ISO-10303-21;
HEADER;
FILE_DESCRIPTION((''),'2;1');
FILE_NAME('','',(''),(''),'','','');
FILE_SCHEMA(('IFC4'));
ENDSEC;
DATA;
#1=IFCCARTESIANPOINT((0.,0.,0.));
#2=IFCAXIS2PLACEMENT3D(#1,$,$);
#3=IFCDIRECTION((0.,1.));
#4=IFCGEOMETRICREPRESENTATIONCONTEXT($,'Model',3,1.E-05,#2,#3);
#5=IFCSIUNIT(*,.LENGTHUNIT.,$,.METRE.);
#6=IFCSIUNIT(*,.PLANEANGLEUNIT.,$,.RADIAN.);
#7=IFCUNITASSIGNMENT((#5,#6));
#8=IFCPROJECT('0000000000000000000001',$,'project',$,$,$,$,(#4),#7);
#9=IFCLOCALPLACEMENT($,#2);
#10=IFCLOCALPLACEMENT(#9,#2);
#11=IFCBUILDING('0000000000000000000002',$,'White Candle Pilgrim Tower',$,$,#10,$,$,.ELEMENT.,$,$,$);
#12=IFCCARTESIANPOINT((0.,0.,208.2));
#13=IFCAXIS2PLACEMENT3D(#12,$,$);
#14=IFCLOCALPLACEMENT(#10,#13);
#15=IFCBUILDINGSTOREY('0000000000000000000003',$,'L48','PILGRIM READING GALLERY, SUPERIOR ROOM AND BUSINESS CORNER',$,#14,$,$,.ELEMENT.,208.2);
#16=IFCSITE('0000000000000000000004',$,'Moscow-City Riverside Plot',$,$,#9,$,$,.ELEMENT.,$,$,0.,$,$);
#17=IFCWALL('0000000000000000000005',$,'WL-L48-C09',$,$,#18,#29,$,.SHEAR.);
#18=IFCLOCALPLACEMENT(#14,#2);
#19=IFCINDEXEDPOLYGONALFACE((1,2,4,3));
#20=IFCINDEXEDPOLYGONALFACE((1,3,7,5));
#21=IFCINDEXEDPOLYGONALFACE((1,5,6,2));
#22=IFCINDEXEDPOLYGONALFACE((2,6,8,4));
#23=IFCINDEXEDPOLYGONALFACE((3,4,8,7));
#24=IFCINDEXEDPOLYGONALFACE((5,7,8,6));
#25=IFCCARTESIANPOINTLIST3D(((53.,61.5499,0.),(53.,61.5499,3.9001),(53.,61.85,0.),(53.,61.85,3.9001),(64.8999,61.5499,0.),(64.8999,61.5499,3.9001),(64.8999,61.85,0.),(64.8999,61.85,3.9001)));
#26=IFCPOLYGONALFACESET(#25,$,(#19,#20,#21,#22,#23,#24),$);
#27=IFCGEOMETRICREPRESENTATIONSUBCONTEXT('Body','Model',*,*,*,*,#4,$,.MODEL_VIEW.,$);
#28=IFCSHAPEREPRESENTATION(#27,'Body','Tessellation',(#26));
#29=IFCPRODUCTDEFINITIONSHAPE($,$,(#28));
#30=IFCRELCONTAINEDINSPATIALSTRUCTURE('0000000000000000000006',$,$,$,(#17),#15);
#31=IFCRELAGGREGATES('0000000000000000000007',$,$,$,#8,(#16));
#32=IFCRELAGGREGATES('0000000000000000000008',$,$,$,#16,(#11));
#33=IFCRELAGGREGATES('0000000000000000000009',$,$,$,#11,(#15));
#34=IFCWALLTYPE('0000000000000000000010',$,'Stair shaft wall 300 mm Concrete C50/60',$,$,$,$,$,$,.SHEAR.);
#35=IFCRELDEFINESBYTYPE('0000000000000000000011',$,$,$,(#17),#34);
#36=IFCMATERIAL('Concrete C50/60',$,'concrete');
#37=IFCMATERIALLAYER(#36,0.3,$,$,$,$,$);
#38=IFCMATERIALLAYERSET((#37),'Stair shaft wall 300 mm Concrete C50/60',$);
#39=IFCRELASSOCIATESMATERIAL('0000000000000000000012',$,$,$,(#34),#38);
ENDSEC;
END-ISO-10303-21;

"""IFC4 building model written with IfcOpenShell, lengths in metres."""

from ifc_helpers import new_model, si_unit, direction, frame, frame_2d, origin, place, context, subcontext, project, spatial, rectangle, extrude, material, layer, layer_set, type_object, element, save


model = new_model("IFC4")

# Units and contexts
model_context = context("Model", 3, precision=1e-05, world=origin(), true_north=direction((0.0, 1.0)))
body_context = subcontext(model_context, "Body", "Model", "MODEL_VIEW")
ifc_project = project(units=[si_unit("LENGTHUNIT", "METRE"), si_unit("PLANEANGLEUNIT", "RADIAN")], contexts=[model_context])

# Site, building, storey
site_placement = place(None, origin())
site = spatial("IfcSite", under=ifc_project, at=site_placement, Name="Moscow-City Riverside Plot", CompositionType="ELEMENT", RefElevation=0.0)
building_placement = place(site_placement, origin())
building = spatial("IfcBuilding", under=site, at=building_placement, Name="White Candle Pilgrim Tower", CompositionType="ELEMENT")
storey_placement = place(building_placement, frame((0.0, 0.0, 208.2)))
storey = spatial("IfcBuildingStorey", under=building, at=storey_placement, Name="L48", Description="PILGRIM READING GALLERY, SUPERIOR ROOM AND BUSINESS CORNER", CompositionType="ELEMENT", Elevation=208.2)

# Shared definitions
ifc_material_1 = material(Name="Concrete C50/60", Category="concrete")

# Wall
ifc_layer_1 = layer(ifc_material_1, 0.3)
ifc_layer_set_1 = layer_set([ifc_layer_1], Name="Stair shaft wall 300 mm Concrete C50/60")
wall_type_1 = type_object("IfcWallType", Name="Stair shaft wall 300 mm Concrete C50/60", PredefinedType="SHEAR", material=ifc_layer_set_1)
wall_1_placement = place(storey_placement, frame((53.0, 61.7, 0.0), z_axis=(0.0, 0.0, 1.0), x_axis=(1.0, 0.0, 0.0)))
element("IfcWall", 1, at=wall_1_placement, inside=storey, type_object=wall_type_1, Name="WL-L48-C09", PredefinedType="SHEAR", context=body_context, shape_type="SweptSolid", body=[
    extrude(rectangle(XDim=11.8999, YDim=0.3, at=frame_2d((5.95, 0.0))), origin(), (0.0, 0.0, 1.0), 3.9001),
])

save(model, "model.ifc")
